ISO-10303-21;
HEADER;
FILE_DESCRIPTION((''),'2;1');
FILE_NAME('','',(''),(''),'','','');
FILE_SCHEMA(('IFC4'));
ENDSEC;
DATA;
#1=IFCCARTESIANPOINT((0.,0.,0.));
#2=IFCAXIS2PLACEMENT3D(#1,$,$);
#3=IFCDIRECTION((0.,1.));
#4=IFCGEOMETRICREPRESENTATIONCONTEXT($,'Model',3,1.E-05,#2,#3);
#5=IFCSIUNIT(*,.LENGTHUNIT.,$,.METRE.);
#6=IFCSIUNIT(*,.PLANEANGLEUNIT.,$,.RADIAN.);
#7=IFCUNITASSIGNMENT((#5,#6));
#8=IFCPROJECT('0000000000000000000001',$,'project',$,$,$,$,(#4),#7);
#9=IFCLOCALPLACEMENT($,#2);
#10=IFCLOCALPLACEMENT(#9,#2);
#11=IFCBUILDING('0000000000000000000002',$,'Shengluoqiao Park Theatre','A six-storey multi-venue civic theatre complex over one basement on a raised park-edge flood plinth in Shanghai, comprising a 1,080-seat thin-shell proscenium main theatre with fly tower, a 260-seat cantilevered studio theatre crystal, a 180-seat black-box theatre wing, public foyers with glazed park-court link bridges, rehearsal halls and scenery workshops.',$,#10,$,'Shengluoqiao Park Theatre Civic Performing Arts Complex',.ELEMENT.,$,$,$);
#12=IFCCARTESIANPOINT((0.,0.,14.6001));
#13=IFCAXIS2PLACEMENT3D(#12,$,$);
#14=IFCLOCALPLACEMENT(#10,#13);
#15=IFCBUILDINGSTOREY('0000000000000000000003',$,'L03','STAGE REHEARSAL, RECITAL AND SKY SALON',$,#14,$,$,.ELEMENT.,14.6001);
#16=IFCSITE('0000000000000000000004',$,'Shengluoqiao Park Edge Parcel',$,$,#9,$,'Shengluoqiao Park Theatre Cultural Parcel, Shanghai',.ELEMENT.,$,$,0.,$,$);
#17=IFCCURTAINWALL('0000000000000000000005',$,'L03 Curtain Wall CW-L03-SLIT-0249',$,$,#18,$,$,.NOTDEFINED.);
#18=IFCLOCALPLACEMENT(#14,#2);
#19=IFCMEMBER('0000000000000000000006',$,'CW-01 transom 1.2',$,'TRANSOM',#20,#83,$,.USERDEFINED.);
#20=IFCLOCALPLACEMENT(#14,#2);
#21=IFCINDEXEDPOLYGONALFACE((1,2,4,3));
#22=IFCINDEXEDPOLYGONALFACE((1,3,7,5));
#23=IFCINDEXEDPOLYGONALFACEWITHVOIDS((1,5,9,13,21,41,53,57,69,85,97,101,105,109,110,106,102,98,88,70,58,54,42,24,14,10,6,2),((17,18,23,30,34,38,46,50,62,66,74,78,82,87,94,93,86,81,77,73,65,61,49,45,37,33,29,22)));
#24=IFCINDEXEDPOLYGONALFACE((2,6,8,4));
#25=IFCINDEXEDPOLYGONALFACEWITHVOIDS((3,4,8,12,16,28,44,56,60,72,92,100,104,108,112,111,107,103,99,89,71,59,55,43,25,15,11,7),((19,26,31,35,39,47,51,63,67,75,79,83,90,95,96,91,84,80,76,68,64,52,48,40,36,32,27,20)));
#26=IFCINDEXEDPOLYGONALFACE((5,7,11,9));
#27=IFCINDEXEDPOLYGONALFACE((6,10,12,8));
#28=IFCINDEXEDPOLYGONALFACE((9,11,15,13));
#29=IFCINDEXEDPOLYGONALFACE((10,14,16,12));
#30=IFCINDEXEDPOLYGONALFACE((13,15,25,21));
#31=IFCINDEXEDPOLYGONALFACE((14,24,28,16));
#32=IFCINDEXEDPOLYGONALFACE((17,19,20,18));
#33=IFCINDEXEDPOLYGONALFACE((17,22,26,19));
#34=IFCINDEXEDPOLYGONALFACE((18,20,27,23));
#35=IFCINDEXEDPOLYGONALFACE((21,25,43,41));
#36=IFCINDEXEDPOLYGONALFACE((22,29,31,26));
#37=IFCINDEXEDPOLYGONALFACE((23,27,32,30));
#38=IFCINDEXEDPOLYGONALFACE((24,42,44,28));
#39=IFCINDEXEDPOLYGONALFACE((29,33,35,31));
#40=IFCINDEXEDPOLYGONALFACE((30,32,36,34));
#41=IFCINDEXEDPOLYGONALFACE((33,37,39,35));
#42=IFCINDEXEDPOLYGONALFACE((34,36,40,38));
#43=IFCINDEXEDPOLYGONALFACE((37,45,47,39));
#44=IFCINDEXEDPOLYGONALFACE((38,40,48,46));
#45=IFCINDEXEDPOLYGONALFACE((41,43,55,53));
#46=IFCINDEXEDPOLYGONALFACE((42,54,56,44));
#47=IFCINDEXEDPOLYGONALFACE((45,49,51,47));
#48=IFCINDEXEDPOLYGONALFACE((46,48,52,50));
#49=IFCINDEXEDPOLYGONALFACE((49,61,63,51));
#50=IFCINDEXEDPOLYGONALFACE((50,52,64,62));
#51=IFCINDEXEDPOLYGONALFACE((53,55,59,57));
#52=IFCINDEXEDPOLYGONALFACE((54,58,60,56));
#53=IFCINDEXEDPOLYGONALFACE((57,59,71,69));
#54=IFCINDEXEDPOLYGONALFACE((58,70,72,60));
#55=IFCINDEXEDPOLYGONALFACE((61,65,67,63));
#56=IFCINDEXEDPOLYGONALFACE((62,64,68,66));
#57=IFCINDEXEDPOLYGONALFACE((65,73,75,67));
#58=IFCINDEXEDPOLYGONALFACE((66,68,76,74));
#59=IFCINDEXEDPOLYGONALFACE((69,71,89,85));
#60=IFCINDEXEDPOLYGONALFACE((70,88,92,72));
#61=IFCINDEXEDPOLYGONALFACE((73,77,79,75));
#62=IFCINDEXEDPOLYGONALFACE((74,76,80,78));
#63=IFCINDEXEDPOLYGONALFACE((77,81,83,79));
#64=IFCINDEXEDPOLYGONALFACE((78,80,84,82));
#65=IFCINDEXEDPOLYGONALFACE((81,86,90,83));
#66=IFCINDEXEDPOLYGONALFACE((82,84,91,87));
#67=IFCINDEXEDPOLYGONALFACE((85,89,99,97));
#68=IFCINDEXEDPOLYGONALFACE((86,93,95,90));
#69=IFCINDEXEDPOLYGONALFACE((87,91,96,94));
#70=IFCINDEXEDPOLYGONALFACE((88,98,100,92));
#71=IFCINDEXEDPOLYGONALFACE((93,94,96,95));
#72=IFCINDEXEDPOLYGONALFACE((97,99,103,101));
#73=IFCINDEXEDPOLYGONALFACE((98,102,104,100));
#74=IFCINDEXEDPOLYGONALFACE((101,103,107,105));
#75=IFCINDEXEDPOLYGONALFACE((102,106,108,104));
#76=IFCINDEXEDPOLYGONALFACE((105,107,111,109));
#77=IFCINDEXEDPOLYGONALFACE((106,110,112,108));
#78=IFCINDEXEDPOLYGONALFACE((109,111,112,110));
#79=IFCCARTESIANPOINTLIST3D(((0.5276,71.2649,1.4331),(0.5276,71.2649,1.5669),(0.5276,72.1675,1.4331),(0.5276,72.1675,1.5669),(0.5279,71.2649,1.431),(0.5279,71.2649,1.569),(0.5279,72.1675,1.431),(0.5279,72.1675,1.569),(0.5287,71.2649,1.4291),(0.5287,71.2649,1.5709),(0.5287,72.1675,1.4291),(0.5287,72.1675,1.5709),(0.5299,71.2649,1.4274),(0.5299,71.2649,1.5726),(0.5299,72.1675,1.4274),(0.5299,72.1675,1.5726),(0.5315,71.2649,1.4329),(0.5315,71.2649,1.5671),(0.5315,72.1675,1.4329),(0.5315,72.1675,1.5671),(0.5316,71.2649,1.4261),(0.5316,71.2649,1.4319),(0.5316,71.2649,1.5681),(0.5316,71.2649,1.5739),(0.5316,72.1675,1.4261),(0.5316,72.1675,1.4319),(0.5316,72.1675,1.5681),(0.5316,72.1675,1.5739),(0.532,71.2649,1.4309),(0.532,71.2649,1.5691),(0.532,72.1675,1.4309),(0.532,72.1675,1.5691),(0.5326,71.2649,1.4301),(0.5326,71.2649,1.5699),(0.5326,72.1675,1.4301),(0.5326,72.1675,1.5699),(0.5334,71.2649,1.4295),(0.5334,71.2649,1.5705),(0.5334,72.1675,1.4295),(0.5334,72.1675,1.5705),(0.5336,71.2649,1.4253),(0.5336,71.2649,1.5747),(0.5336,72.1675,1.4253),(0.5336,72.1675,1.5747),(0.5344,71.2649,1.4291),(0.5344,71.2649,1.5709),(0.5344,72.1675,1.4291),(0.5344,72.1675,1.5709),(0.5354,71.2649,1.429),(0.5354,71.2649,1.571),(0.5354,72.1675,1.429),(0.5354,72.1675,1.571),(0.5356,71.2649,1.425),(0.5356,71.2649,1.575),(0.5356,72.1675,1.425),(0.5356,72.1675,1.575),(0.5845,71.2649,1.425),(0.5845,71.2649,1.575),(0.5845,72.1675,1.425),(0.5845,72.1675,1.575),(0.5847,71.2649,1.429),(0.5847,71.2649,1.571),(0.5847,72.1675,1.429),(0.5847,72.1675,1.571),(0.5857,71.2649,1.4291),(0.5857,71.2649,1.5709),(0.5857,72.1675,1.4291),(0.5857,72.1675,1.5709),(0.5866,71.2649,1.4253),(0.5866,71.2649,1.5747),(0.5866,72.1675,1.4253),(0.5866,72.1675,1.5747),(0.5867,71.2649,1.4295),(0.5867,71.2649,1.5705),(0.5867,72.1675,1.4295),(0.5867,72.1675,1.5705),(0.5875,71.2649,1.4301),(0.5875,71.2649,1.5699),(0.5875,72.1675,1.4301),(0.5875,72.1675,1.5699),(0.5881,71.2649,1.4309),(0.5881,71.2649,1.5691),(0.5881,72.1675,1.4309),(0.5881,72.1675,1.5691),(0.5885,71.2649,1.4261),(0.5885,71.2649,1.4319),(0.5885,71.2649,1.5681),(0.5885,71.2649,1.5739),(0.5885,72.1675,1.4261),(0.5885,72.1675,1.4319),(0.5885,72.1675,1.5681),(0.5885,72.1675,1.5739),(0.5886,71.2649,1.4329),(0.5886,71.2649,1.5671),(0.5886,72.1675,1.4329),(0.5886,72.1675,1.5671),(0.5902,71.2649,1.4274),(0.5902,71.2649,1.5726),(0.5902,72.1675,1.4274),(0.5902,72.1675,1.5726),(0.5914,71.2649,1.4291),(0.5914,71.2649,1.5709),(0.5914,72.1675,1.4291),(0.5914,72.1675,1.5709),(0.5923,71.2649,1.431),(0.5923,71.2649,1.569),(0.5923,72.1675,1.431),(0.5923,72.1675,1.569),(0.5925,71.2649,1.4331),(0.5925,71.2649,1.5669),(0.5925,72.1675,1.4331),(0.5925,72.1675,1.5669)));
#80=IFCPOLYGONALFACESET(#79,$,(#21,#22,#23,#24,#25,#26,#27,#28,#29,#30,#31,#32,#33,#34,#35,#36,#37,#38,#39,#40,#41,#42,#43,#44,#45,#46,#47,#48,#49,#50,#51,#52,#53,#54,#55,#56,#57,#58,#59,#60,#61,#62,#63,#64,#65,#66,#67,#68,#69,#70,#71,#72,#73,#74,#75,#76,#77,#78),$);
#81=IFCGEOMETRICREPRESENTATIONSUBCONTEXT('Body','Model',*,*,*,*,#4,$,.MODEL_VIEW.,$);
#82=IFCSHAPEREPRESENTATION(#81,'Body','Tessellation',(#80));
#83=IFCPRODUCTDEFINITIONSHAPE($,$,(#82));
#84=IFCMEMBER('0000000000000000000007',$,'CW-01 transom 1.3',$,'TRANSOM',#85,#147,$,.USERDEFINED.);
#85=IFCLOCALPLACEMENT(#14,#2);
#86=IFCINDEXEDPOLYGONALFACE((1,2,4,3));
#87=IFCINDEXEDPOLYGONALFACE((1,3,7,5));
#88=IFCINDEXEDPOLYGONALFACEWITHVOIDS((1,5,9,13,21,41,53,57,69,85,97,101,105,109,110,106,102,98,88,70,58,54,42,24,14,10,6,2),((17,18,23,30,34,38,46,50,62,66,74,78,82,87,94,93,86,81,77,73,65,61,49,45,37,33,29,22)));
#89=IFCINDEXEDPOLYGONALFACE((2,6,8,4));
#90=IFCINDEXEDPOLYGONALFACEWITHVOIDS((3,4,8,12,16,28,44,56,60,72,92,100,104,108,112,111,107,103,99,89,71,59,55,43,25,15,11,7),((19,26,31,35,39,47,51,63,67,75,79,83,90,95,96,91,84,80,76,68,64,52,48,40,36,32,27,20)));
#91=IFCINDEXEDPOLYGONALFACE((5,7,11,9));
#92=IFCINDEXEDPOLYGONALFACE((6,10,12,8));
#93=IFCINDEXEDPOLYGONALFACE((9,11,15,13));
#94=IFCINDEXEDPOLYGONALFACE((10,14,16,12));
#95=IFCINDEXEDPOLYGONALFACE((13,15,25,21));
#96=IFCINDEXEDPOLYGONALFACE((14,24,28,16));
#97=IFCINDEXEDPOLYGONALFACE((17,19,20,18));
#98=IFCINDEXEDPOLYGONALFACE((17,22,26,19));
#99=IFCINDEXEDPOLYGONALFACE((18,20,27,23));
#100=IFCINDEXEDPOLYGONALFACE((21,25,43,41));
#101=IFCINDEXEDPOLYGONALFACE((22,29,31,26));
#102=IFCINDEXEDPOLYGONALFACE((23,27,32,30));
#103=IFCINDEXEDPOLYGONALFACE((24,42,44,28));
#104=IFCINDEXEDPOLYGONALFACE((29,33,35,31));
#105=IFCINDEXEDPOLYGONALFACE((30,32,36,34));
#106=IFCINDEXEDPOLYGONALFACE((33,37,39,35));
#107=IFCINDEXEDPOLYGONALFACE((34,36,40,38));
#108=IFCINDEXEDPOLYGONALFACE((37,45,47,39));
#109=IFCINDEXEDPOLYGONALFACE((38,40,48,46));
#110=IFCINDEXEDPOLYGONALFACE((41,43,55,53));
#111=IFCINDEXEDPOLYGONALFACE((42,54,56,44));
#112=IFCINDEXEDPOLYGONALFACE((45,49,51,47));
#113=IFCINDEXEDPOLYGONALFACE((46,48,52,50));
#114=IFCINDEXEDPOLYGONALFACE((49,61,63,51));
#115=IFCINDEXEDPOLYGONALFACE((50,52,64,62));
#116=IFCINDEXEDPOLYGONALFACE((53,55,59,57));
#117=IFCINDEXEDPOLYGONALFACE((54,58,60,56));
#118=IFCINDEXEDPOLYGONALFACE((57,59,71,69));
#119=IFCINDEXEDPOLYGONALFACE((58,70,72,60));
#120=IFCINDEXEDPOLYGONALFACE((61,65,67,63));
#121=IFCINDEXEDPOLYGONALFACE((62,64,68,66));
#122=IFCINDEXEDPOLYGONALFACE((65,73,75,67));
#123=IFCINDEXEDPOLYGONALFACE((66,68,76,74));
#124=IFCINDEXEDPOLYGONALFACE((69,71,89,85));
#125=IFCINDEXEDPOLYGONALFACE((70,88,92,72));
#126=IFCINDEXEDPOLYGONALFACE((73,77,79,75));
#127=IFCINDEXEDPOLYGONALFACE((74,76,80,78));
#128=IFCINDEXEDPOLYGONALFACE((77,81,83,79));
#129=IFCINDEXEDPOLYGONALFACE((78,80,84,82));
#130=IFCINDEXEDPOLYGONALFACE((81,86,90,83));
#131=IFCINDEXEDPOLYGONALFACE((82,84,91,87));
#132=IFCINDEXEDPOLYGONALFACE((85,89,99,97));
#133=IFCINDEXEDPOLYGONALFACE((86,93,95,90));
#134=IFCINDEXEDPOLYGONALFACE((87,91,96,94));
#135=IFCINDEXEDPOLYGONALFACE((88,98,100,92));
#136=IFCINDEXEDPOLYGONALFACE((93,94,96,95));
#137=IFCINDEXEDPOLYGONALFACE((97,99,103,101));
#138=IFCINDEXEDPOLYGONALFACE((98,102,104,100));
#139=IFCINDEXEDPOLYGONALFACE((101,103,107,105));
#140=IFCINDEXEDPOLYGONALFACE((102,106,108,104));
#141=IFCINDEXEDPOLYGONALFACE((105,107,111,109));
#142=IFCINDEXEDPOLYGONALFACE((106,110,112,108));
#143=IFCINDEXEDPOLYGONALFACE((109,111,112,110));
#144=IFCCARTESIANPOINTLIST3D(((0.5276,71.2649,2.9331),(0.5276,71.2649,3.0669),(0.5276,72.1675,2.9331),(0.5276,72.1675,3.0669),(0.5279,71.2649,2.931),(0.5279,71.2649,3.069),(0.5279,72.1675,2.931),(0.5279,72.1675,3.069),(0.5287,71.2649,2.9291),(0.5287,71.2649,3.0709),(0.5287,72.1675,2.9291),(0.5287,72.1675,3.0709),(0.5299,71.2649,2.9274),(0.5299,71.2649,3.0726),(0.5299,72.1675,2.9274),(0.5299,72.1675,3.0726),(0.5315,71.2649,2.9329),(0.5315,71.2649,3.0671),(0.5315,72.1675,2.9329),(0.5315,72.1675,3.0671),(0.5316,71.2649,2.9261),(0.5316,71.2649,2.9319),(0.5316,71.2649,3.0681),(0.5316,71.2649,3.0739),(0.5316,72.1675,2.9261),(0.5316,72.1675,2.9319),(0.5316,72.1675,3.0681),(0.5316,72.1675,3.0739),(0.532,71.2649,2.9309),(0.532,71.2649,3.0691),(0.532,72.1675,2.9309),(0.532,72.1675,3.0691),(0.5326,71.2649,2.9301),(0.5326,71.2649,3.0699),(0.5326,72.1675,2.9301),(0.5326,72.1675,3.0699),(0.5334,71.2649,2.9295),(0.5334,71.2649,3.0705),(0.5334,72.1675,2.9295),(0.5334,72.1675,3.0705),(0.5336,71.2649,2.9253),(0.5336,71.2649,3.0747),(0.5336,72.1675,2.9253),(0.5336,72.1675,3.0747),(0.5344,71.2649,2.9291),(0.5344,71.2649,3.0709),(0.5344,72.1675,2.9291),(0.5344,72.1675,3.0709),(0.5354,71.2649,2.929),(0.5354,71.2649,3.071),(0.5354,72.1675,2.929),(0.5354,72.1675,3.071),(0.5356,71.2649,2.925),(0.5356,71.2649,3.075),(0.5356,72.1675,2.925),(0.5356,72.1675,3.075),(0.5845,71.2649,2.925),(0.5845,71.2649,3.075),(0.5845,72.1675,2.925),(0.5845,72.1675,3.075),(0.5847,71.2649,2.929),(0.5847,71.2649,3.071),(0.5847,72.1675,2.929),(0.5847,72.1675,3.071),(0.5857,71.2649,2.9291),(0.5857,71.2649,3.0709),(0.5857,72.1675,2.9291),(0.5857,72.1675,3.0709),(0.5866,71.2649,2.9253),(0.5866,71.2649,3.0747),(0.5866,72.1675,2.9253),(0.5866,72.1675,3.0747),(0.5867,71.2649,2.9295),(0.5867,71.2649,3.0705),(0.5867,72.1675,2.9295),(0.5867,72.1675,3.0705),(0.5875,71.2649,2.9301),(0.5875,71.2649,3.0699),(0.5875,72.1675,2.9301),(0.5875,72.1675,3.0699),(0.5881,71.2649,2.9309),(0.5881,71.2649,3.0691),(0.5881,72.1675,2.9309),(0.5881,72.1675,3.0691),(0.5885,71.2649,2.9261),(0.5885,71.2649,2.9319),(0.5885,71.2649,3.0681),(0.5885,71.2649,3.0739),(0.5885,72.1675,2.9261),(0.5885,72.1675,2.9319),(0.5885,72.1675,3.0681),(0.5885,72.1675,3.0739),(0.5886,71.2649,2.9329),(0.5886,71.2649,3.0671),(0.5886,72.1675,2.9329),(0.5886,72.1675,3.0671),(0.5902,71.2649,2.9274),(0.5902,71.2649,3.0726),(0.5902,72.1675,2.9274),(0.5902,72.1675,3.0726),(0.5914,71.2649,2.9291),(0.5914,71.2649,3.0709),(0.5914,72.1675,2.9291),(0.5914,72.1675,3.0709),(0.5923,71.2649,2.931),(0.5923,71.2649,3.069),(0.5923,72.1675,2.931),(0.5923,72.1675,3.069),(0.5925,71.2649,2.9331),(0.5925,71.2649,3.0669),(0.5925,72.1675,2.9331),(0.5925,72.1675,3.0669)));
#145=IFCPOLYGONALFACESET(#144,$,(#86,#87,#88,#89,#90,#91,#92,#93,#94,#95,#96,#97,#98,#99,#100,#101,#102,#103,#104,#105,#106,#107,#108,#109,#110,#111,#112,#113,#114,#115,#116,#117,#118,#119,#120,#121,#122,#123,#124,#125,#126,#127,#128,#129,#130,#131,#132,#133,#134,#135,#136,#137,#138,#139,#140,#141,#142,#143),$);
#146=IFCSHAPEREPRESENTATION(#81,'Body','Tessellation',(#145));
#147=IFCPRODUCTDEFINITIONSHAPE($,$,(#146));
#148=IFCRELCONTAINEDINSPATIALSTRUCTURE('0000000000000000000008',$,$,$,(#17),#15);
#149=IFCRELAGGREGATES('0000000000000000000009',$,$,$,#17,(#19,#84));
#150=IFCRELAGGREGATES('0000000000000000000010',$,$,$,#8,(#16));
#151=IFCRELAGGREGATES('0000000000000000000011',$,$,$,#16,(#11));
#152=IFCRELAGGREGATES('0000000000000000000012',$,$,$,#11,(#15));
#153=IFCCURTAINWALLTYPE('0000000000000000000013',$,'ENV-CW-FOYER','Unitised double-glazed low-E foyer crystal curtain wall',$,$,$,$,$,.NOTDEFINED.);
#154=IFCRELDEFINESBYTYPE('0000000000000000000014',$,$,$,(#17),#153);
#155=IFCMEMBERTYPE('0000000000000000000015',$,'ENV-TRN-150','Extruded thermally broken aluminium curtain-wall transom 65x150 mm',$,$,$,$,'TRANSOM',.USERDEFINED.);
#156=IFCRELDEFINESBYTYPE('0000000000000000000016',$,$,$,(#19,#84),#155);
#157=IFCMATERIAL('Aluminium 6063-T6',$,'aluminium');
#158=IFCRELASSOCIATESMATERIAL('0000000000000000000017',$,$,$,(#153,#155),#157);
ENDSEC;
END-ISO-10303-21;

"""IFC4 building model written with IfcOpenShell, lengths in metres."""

from ifc_helpers import new_model, si_unit, direction, frame, origin, origin_2d, place, context, subcontext, project, spatial, hollow_rectangle, extrude, material, material_profile, profile_set, type_object, element, aggregate, save


model = new_model("IFC4")

# Units and contexts
model_context = context("Model", 3, precision=1e-05, world=origin(), true_north=direction((0.0, 1.0)))
body_context = subcontext(model_context, "Body", "Model", "MODEL_VIEW")
ifc_project = project(units=[si_unit("LENGTHUNIT", "METRE"), si_unit("PLANEANGLEUNIT", "RADIAN")], contexts=[model_context])

# Site, building, storey
site_placement = place(None, origin())
site = spatial("IfcSite", under=ifc_project, at=site_placement, Name="Shengluoqiao Park Edge Parcel", LongName="Shengluoqiao Park Theatre Cultural Parcel, Shanghai", CompositionType="ELEMENT", RefElevation=0.0)
building_placement = place(site_placement, origin())
building = spatial("IfcBuilding", under=site, at=building_placement, Name="Shengluoqiao Park Theatre", Description="A six-storey multi-venue civic theatre complex over one basement on a raised park-edge flood plinth in Shanghai, comprising a 1,080-seat thin-shell proscenium main theatre with fly tower, a 260-seat cantilevered studio theatre crystal, a 180-seat black-box theatre wing, public foyers with glazed park-court link bridges, rehearsal halls and scenery workshops.", LongName="Shengluoqiao Park Theatre Civic Performing Arts Complex", CompositionType="ELEMENT")
storey_placement = place(building_placement, frame((0.0, 0.0, 14.6001)))
storey = spatial("IfcBuildingStorey", under=building, at=storey_placement, Name="L03", Description="STAGE REHEARSAL, RECITAL AND SKY SALON", CompositionType="ELEMENT", Elevation=14.6001)

# Curtain wall, members
ifc_material_1 = material(Name="Aluminium 6063-T6", Category="aluminium")
curtain_wall_type = type_object("IfcCurtainWallType", Name="ENV-CW-FOYER", Description="Unitised double-glazed low-E foyer crystal curtain wall", PredefinedType="NOTDEFINED", material=ifc_material_1)
curtain_wall_placement = place(storey_placement, origin())
curtain_wall = element("IfcCurtainWall", 1, at=curtain_wall_placement, inside=storey, type_object=curtain_wall_type, Name="L03 Curtain Wall CW-L03-SLIT-0249", PredefinedType="NOTDEFINED")
ifc_material_profile_1 = material_profile(ifc_material_1, hollow_rectangle(XDim=0.0649, YDim=0.1499, WallThickness=0.0039, InnerFilletRadius=0.0039, OuterFilletRadius=0.0081, at=origin_2d()), Name="ALU TRANSOM 150x65x4")
ifc_profile_set_1 = profile_set([ifc_material_profile_1], Name="Aluminium 6063-T6")
member_type_1 = type_object("IfcMemberType", Name="ENV-TRN-150", Description="Extruded thermally broken aluminium curtain-wall transom 65x150 mm", ElementType="TRANSOM", PredefinedType="USERDEFINED", material=ifc_profile_set_1)
member_1_placement = place(storey_placement, frame((0.5601, 71.2649, 1.5), z_axis=(0.0, 1.0, 0.0), x_axis=(-1.0, 0.0, 0.0)))
member_1 = element("IfcMember", 2, at=member_1_placement, type_object=member_type_1, Name="CW-01 transom 1.2", ObjectType="TRANSOM", PredefinedType="USERDEFINED", context=body_context, shape_type="SweptSolid", body=[
    extrude(hollow_rectangle(XDim=0.0649, YDim=0.1499, WallThickness=0.0039, InnerFilletRadius=0.0039, OuterFilletRadius=0.0081, at=origin_2d()), origin(), (0.0, 0.0, 1.0), 0.9026),
])
member_2_placement = place(storey_placement, frame((0.5601, 71.2649, 3.0), z_axis=(0.0, 1.0, 0.0), x_axis=(-1.0, 0.0, 0.0)))
member_2 = element("IfcMember", 3, at=member_2_placement, type_object=member_type_1, Name="CW-01 transom 1.3", ObjectType="TRANSOM", PredefinedType="USERDEFINED", context=body_context, shape_type="SweptSolid", body=[
    extrude(hollow_rectangle(XDim=0.0649, YDim=0.1499, WallThickness=0.0039, InnerFilletRadius=0.0039, OuterFilletRadius=0.0081, at=origin_2d()), origin(), (0.0, 0.0, 1.0), 0.9026),
])

aggregate(curtain_wall, [member_1, member_2])

save(model, "model.ifc")
